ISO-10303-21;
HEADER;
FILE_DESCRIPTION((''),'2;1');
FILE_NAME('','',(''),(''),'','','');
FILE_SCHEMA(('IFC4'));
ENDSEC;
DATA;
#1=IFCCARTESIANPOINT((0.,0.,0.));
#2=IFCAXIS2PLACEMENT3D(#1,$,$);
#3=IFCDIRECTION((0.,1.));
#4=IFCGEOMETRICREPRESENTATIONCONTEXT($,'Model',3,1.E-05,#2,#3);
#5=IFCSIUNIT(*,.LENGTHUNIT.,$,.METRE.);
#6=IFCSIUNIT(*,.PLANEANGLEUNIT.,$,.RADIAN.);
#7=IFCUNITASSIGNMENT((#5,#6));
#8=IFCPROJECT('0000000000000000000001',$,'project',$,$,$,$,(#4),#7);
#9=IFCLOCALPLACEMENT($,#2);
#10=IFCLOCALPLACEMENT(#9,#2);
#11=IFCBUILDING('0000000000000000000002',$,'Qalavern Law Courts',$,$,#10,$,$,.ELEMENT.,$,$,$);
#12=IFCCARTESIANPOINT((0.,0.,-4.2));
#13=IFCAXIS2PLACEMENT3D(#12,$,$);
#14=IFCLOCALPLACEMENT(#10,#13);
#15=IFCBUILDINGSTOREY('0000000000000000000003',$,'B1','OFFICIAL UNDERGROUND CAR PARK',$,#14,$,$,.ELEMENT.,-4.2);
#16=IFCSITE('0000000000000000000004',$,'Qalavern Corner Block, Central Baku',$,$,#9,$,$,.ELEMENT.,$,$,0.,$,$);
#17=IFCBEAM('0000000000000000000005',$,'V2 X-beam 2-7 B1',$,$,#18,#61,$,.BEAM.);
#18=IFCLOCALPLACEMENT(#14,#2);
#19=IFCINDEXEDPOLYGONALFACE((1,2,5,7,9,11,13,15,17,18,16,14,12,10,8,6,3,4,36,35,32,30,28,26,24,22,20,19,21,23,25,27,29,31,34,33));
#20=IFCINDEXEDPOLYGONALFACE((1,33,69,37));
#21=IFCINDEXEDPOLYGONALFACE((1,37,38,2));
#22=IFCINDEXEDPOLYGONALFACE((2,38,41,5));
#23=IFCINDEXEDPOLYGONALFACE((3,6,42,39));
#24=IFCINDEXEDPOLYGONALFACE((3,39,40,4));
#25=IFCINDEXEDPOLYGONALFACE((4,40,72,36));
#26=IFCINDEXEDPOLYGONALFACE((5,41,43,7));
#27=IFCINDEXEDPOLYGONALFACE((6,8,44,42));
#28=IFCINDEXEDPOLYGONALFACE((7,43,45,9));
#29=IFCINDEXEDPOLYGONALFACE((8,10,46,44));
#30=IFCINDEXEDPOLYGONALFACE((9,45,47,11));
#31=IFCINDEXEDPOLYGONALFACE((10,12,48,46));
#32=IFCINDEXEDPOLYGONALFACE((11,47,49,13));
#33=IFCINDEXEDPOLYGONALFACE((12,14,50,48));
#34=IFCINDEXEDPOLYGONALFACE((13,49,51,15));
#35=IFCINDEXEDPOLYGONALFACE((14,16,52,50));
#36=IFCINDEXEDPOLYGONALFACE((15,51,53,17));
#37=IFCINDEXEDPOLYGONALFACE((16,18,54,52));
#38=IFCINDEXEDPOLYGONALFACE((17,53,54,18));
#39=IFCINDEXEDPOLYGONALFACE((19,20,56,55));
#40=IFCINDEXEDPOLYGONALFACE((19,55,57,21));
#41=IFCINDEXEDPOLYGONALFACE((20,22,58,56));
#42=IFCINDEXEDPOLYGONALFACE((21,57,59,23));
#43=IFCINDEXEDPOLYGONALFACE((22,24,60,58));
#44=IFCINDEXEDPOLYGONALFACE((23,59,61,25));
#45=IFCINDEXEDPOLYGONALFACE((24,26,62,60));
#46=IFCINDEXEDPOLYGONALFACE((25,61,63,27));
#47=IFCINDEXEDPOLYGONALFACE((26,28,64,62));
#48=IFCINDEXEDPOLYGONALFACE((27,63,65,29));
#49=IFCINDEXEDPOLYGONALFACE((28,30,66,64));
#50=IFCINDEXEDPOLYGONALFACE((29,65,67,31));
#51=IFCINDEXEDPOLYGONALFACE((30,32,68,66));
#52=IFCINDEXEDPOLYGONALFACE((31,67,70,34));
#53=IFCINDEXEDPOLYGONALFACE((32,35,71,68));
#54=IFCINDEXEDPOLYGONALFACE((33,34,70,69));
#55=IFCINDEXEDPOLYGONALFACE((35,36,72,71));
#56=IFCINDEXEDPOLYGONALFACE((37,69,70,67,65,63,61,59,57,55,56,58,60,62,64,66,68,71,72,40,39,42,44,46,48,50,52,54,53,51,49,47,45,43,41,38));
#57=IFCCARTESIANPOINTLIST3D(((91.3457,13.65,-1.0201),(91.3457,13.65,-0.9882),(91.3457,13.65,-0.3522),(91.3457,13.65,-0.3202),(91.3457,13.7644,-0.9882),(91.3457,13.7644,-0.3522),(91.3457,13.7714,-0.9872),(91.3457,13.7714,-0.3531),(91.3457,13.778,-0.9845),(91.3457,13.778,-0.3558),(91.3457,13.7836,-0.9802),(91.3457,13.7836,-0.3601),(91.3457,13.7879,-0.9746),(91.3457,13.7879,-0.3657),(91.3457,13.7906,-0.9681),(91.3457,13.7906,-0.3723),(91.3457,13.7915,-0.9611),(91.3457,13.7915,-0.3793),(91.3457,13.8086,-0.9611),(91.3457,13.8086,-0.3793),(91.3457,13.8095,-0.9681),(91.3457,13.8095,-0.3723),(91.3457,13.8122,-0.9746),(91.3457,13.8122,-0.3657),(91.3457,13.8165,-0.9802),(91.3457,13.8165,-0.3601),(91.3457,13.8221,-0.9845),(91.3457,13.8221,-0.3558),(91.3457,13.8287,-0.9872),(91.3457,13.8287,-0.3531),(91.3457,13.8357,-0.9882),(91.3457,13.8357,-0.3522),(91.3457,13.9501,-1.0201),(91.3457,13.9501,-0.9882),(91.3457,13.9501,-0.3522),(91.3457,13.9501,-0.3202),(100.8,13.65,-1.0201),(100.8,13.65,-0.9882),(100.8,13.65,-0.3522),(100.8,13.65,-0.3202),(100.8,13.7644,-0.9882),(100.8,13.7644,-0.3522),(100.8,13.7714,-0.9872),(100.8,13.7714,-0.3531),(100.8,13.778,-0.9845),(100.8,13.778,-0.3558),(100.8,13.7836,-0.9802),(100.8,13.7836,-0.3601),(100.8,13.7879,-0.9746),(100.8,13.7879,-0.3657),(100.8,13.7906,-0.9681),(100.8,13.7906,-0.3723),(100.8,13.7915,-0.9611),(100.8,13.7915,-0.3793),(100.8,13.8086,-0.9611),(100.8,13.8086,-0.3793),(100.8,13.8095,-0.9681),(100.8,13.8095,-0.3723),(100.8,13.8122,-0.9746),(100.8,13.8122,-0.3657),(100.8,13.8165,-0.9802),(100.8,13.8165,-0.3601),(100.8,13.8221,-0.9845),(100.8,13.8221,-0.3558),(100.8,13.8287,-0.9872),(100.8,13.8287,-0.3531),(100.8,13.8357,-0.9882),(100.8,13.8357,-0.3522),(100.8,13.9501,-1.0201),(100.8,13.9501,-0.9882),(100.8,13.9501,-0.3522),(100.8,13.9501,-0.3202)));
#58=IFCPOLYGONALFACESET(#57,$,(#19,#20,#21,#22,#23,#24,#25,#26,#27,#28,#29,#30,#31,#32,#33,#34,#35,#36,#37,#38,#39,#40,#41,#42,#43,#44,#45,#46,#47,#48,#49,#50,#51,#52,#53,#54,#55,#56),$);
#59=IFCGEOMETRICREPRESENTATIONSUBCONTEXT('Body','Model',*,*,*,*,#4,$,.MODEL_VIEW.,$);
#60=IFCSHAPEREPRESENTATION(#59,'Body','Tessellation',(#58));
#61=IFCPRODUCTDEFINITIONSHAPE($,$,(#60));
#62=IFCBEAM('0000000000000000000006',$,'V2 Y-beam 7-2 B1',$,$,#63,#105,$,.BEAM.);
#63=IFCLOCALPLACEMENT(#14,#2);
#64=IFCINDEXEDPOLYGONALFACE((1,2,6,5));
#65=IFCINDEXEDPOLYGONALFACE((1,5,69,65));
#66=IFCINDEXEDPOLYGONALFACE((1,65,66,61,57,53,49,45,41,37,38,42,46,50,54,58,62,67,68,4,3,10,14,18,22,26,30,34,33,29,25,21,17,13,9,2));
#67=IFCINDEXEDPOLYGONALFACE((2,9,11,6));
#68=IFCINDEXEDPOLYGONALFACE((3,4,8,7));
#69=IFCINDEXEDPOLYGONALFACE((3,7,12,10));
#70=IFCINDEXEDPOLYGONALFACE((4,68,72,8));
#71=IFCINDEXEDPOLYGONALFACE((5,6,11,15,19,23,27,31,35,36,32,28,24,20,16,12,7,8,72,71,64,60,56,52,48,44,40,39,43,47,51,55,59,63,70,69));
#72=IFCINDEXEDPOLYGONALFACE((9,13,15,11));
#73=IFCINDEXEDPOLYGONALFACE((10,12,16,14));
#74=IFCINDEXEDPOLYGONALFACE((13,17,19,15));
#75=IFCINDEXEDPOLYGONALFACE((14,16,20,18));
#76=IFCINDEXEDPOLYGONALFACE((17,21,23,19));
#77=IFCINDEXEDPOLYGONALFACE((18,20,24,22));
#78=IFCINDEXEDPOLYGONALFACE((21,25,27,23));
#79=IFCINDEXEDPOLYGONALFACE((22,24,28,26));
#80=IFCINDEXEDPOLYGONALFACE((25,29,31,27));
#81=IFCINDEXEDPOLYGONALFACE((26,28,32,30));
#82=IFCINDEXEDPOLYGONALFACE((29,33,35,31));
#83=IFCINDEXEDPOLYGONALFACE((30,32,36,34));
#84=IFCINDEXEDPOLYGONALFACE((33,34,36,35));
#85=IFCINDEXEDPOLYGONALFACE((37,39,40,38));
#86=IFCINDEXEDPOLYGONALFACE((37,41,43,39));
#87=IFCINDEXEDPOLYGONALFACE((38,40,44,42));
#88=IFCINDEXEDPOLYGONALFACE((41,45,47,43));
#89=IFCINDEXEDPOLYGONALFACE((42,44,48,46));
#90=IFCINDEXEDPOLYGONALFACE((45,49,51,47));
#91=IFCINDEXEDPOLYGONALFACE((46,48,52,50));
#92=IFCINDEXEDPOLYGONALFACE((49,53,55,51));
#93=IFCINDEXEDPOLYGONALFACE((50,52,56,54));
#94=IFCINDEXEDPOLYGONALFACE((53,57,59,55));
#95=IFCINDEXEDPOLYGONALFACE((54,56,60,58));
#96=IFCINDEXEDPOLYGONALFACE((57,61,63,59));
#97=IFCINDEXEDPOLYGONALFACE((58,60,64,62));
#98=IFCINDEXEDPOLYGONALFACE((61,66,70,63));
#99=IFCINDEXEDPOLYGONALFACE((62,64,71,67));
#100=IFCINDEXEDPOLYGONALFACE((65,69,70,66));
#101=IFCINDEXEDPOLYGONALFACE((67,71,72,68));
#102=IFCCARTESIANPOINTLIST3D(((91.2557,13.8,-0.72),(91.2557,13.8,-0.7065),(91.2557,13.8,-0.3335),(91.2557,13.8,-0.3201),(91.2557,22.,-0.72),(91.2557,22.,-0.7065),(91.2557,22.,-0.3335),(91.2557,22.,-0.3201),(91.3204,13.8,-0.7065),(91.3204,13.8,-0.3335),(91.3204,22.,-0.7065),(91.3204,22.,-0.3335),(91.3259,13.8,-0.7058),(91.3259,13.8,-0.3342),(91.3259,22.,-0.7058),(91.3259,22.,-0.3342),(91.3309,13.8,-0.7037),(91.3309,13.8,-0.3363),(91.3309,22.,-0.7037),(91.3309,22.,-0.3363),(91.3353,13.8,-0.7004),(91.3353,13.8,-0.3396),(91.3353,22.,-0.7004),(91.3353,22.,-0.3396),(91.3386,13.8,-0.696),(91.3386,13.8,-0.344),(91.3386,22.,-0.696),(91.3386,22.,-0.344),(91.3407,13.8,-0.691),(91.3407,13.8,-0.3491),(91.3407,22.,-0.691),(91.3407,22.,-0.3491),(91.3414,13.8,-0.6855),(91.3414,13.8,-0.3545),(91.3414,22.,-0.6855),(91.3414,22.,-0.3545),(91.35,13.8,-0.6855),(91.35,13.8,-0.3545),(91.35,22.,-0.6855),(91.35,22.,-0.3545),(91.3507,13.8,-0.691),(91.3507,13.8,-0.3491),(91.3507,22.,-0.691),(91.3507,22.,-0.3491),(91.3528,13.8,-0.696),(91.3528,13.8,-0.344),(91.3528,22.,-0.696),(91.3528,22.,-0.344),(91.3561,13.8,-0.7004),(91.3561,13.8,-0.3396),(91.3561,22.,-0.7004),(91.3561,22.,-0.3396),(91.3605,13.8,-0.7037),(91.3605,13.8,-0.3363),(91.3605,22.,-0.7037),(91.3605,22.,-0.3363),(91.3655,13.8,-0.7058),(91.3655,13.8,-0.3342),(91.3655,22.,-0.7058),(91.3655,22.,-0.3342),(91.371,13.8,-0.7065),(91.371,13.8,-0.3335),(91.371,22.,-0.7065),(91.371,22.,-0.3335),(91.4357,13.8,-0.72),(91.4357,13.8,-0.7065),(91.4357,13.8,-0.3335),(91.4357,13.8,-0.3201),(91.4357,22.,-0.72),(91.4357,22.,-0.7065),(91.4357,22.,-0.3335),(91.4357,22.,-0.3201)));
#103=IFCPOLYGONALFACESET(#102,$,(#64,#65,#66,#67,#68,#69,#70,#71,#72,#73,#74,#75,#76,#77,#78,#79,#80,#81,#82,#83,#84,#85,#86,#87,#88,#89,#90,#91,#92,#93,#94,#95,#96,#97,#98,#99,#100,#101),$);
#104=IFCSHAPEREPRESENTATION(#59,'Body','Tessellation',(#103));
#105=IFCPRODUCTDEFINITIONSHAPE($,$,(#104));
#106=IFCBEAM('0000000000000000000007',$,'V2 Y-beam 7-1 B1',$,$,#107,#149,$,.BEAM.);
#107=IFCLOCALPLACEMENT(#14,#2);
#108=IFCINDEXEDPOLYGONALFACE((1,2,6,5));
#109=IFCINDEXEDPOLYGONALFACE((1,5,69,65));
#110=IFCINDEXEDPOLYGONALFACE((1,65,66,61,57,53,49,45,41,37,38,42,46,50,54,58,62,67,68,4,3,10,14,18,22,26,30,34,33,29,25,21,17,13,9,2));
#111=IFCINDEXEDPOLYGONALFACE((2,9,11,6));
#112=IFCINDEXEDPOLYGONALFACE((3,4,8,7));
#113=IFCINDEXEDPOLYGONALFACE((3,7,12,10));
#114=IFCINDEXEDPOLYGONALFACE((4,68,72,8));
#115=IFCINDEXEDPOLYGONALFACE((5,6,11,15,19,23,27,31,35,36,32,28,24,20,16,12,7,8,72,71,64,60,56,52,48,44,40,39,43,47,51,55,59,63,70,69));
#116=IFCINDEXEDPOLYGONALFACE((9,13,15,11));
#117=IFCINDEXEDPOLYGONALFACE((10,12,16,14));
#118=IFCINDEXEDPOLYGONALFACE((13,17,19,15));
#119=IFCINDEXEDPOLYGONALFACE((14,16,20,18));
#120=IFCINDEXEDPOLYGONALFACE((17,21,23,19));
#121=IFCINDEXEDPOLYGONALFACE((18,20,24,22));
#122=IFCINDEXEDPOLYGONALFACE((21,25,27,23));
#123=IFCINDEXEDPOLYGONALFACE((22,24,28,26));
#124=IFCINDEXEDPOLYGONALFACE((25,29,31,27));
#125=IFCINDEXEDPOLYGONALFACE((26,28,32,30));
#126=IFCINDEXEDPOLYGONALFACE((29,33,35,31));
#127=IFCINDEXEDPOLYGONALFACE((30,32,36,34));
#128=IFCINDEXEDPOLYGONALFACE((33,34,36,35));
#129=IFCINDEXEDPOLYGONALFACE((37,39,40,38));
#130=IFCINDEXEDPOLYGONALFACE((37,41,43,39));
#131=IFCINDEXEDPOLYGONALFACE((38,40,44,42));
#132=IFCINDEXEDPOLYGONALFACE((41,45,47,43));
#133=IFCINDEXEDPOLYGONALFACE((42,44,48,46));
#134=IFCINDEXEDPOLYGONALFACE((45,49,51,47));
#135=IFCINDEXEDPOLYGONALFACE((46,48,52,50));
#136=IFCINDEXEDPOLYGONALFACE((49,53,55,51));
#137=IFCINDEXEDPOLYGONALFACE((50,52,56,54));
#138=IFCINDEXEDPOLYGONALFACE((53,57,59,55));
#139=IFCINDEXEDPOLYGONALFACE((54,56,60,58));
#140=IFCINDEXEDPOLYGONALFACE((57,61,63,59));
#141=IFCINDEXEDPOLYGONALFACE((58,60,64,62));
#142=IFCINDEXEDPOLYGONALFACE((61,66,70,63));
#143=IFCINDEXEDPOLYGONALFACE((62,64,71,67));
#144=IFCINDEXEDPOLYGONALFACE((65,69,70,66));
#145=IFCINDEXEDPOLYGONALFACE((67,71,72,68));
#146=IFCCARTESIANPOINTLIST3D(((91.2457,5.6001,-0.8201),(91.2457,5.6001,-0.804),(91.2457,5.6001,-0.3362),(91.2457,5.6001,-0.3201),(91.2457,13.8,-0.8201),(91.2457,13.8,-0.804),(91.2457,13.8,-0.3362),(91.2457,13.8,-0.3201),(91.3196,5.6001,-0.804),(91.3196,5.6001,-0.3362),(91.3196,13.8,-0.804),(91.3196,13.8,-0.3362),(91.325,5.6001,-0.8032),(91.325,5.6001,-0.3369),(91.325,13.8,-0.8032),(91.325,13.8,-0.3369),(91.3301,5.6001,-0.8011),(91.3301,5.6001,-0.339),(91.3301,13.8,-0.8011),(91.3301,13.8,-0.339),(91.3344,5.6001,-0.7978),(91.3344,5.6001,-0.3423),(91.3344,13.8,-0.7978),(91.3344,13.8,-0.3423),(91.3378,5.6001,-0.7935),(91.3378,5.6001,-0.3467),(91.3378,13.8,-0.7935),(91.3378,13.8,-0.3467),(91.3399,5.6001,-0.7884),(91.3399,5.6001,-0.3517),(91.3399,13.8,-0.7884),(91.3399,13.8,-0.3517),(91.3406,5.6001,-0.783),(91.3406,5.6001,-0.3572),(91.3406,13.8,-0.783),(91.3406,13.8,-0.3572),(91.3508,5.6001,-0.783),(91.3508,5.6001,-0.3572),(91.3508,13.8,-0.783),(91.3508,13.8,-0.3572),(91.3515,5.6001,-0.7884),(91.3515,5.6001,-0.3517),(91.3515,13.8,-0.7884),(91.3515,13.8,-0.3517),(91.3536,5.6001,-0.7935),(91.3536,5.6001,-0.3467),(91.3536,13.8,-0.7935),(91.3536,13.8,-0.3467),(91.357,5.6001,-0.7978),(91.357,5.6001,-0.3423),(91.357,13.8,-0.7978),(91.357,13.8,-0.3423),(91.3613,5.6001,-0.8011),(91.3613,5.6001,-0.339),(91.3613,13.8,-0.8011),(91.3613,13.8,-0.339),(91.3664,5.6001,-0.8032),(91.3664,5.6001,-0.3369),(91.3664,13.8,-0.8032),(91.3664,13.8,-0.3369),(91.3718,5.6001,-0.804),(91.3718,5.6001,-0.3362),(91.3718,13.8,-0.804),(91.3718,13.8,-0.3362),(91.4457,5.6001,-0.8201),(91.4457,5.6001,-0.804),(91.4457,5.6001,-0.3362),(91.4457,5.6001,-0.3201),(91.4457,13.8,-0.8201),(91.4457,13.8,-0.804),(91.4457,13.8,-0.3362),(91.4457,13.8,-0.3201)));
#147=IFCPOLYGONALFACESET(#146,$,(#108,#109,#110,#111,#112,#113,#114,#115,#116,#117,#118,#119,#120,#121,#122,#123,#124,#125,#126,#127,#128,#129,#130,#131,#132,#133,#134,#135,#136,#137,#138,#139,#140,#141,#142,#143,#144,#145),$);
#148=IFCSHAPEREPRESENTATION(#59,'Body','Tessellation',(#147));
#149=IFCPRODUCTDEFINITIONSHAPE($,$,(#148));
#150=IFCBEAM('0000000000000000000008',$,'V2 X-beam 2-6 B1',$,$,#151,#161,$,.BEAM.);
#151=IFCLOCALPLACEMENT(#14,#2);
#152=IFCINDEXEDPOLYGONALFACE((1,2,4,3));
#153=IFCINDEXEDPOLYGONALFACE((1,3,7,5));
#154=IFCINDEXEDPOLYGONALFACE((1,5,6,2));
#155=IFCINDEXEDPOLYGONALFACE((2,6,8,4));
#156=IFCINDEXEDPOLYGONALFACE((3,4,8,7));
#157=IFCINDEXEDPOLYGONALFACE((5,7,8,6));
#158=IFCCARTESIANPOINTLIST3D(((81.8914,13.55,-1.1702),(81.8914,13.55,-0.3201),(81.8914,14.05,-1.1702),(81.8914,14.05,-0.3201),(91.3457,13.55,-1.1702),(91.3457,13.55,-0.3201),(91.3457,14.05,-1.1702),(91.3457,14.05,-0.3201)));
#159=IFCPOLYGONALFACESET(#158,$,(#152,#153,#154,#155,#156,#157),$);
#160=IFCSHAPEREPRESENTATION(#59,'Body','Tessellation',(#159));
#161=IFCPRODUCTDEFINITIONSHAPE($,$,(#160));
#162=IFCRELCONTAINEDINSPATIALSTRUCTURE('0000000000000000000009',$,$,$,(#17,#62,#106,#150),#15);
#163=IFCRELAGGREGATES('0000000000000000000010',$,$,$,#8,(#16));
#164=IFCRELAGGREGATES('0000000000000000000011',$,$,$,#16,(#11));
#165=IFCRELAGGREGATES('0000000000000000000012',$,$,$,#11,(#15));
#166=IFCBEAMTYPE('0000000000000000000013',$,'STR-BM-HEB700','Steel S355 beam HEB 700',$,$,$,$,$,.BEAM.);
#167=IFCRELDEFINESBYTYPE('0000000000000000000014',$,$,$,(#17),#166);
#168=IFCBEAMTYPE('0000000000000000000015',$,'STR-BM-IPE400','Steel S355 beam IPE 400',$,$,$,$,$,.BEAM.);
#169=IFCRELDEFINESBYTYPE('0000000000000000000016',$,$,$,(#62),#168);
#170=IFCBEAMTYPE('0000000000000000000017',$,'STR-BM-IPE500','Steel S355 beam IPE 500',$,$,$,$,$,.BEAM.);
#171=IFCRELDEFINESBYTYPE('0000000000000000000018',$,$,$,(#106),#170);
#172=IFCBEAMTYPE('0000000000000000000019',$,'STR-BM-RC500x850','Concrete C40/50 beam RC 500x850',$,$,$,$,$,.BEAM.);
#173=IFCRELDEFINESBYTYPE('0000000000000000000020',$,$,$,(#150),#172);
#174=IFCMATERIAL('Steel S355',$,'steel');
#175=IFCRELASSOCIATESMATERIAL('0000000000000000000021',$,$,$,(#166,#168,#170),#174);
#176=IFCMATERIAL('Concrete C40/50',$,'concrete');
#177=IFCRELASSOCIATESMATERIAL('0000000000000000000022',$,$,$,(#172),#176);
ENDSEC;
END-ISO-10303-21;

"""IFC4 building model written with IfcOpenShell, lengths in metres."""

from ifc_helpers import new_model, si_unit, direction, frame, origin, origin_2d, place, context, subcontext, project, spatial, rectangle, i_section, extrude, material, material_profile, profile_set, type_object, element, save


model = new_model("IFC4")

# Units and contexts
model_context = context("Model", 3, precision=1e-05, world=origin(), true_north=direction((0.0, 1.0)))
body_context = subcontext(model_context, "Body", "Model", "MODEL_VIEW")
ifc_project = project(units=[si_unit("LENGTHUNIT", "METRE"), si_unit("PLANEANGLEUNIT", "RADIAN")], contexts=[model_context])

# Site, building, storey
site_placement = place(None, origin())
site = spatial("IfcSite", under=ifc_project, at=site_placement, Name="Qalavern Corner Block, Central Baku", CompositionType="ELEMENT", RefElevation=0.0)
building_placement = place(site_placement, origin())
building = spatial("IfcBuilding", under=site, at=building_placement, Name="Qalavern Law Courts", CompositionType="ELEMENT")
storey_placement = place(building_placement, frame((0.0, 0.0, -4.2)))
storey = spatial("IfcBuildingStorey", under=building, at=storey_placement, Name="B1", Description="OFFICIAL UNDERGROUND CAR PARK", CompositionType="ELEMENT", Elevation=-4.2)

# Shared definitions
ifc_material_1 = material(Name="Steel S355", Category="steel")

# Beams
ifc_material_profile_1 = material_profile(ifc_material_1, i_section(OverallWidth=0.3, OverallDepth=0.7, WebThickness=0.0171, FlangeThickness=0.032, FilletRadius=0.0271, at=origin_2d()), Name="HEB 700")
ifc_profile_set_1 = profile_set([ifc_material_profile_1], Name="Steel S355")
beam_type_1 = type_object("IfcBeamType", Name="STR-BM-HEB700", Description="Steel S355 beam HEB 700", PredefinedType="BEAM", material=ifc_profile_set_1)
beam_1_placement = place(storey_placement, frame((91.3457, 13.8, -0.6702), z_axis=(1.0, 0.0, 0.0), x_axis=(0.0, 1.0, 0.0)))
element("IfcBeam", 1, at=beam_1_placement, inside=storey, type_object=beam_type_1, Name="V2 X-beam 2-7 B1", PredefinedType="BEAM", context=body_context, shape_type="SweptSolid", body=[
    extrude(i_section(OverallWidth=0.3, OverallDepth=0.7, WebThickness=0.0171, FlangeThickness=0.032, FilletRadius=0.0271, at=origin_2d()), origin(), (0.0, 0.0, 1.0), 9.4543),
])
ifc_material_profile_2 = material_profile(ifc_material_1, i_section(OverallWidth=0.1799, OverallDepth=0.3999, WebThickness=0.0085, FlangeThickness=0.0134, FilletRadius=0.021, at=origin_2d()), Name="IPE 400")
ifc_profile_set_2 = profile_set([ifc_material_profile_2], Name="Steel S355")
beam_type_2 = type_object("IfcBeamType", Name="STR-BM-IPE400", Description="Steel S355 beam IPE 400", PredefinedType="BEAM", material=ifc_profile_set_2)
beam_2_placement = place(storey_placement, frame((91.3457, 13.8, -0.52), z_axis=(0.0, 1.0, 0.0), x_axis=(-1.0, 0.0, 0.0)))
element("IfcBeam", 2, at=beam_2_placement, inside=storey, type_object=beam_type_2, Name="V2 Y-beam 7-2 B1", PredefinedType="BEAM", context=body_context, shape_type="SweptSolid", body=[
    extrude(i_section(OverallWidth=0.1799, OverallDepth=0.3999, WebThickness=0.0085, FlangeThickness=0.0134, FilletRadius=0.021, at=origin_2d()), origin(), (0.0, 0.0, 1.0), 8.2),
])
ifc_material_profile_3 = material_profile(ifc_material_1, i_section(OverallWidth=0.2, OverallDepth=0.5, WebThickness=0.0103, FlangeThickness=0.0161, FilletRadius=0.021, at=origin_2d()), Name="IPE 500")
ifc_profile_set_3 = profile_set([ifc_material_profile_3], Name="Steel S355")
beam_type_3 = type_object("IfcBeamType", Name="STR-BM-IPE500", Description="Steel S355 beam IPE 500", PredefinedType="BEAM", material=ifc_profile_set_3)
beam_3_placement = place(storey_placement, frame((91.3457, 5.6001, -0.5701), z_axis=(0.0, 1.0, 0.0), x_axis=(-1.0, 0.0, 0.0)))
element("IfcBeam", 3, at=beam_3_placement, inside=storey, type_object=beam_type_3, Name="V2 Y-beam 7-1 B1", PredefinedType="BEAM", context=body_context, shape_type="SweptSolid", body=[
    extrude(i_section(OverallWidth=0.2, OverallDepth=0.5, WebThickness=0.0103, FlangeThickness=0.0161, FilletRadius=0.021, at=origin_2d()), origin(), (0.0, 0.0, 1.0), 8.2),
])
ifc_material_2 = material(Name="Concrete C40/50", Category="concrete")
ifc_material_profile_4 = material_profile(ifc_material_2, rectangle(XDim=0.5, YDim=0.8501, at=origin_2d()), Name="RC 500x850")
ifc_profile_set_4 = profile_set([ifc_material_profile_4], Name="Concrete C40/50")
beam_type_4 = type_object("IfcBeamType", Name="STR-BM-RC500x850", Description="Concrete C40/50 beam RC 500x850", PredefinedType="BEAM", material=ifc_profile_set_4)
beam_4_placement = place(storey_placement, frame((81.8914, 13.8, -0.7451), z_axis=(1.0, 0.0, 0.0), x_axis=(0.0, 1.0, 0.0)))
element("IfcBeam", 4, at=beam_4_placement, inside=storey, type_object=beam_type_4, Name="V2 X-beam 2-6 B1", PredefinedType="BEAM", context=body_context, shape_type="SweptSolid", body=[
    extrude(rectangle(XDim=0.5, YDim=0.8501, at=origin_2d()), origin(), (0.0, 0.0, 1.0), 9.4543),
])

save(model, "model.ifc")
